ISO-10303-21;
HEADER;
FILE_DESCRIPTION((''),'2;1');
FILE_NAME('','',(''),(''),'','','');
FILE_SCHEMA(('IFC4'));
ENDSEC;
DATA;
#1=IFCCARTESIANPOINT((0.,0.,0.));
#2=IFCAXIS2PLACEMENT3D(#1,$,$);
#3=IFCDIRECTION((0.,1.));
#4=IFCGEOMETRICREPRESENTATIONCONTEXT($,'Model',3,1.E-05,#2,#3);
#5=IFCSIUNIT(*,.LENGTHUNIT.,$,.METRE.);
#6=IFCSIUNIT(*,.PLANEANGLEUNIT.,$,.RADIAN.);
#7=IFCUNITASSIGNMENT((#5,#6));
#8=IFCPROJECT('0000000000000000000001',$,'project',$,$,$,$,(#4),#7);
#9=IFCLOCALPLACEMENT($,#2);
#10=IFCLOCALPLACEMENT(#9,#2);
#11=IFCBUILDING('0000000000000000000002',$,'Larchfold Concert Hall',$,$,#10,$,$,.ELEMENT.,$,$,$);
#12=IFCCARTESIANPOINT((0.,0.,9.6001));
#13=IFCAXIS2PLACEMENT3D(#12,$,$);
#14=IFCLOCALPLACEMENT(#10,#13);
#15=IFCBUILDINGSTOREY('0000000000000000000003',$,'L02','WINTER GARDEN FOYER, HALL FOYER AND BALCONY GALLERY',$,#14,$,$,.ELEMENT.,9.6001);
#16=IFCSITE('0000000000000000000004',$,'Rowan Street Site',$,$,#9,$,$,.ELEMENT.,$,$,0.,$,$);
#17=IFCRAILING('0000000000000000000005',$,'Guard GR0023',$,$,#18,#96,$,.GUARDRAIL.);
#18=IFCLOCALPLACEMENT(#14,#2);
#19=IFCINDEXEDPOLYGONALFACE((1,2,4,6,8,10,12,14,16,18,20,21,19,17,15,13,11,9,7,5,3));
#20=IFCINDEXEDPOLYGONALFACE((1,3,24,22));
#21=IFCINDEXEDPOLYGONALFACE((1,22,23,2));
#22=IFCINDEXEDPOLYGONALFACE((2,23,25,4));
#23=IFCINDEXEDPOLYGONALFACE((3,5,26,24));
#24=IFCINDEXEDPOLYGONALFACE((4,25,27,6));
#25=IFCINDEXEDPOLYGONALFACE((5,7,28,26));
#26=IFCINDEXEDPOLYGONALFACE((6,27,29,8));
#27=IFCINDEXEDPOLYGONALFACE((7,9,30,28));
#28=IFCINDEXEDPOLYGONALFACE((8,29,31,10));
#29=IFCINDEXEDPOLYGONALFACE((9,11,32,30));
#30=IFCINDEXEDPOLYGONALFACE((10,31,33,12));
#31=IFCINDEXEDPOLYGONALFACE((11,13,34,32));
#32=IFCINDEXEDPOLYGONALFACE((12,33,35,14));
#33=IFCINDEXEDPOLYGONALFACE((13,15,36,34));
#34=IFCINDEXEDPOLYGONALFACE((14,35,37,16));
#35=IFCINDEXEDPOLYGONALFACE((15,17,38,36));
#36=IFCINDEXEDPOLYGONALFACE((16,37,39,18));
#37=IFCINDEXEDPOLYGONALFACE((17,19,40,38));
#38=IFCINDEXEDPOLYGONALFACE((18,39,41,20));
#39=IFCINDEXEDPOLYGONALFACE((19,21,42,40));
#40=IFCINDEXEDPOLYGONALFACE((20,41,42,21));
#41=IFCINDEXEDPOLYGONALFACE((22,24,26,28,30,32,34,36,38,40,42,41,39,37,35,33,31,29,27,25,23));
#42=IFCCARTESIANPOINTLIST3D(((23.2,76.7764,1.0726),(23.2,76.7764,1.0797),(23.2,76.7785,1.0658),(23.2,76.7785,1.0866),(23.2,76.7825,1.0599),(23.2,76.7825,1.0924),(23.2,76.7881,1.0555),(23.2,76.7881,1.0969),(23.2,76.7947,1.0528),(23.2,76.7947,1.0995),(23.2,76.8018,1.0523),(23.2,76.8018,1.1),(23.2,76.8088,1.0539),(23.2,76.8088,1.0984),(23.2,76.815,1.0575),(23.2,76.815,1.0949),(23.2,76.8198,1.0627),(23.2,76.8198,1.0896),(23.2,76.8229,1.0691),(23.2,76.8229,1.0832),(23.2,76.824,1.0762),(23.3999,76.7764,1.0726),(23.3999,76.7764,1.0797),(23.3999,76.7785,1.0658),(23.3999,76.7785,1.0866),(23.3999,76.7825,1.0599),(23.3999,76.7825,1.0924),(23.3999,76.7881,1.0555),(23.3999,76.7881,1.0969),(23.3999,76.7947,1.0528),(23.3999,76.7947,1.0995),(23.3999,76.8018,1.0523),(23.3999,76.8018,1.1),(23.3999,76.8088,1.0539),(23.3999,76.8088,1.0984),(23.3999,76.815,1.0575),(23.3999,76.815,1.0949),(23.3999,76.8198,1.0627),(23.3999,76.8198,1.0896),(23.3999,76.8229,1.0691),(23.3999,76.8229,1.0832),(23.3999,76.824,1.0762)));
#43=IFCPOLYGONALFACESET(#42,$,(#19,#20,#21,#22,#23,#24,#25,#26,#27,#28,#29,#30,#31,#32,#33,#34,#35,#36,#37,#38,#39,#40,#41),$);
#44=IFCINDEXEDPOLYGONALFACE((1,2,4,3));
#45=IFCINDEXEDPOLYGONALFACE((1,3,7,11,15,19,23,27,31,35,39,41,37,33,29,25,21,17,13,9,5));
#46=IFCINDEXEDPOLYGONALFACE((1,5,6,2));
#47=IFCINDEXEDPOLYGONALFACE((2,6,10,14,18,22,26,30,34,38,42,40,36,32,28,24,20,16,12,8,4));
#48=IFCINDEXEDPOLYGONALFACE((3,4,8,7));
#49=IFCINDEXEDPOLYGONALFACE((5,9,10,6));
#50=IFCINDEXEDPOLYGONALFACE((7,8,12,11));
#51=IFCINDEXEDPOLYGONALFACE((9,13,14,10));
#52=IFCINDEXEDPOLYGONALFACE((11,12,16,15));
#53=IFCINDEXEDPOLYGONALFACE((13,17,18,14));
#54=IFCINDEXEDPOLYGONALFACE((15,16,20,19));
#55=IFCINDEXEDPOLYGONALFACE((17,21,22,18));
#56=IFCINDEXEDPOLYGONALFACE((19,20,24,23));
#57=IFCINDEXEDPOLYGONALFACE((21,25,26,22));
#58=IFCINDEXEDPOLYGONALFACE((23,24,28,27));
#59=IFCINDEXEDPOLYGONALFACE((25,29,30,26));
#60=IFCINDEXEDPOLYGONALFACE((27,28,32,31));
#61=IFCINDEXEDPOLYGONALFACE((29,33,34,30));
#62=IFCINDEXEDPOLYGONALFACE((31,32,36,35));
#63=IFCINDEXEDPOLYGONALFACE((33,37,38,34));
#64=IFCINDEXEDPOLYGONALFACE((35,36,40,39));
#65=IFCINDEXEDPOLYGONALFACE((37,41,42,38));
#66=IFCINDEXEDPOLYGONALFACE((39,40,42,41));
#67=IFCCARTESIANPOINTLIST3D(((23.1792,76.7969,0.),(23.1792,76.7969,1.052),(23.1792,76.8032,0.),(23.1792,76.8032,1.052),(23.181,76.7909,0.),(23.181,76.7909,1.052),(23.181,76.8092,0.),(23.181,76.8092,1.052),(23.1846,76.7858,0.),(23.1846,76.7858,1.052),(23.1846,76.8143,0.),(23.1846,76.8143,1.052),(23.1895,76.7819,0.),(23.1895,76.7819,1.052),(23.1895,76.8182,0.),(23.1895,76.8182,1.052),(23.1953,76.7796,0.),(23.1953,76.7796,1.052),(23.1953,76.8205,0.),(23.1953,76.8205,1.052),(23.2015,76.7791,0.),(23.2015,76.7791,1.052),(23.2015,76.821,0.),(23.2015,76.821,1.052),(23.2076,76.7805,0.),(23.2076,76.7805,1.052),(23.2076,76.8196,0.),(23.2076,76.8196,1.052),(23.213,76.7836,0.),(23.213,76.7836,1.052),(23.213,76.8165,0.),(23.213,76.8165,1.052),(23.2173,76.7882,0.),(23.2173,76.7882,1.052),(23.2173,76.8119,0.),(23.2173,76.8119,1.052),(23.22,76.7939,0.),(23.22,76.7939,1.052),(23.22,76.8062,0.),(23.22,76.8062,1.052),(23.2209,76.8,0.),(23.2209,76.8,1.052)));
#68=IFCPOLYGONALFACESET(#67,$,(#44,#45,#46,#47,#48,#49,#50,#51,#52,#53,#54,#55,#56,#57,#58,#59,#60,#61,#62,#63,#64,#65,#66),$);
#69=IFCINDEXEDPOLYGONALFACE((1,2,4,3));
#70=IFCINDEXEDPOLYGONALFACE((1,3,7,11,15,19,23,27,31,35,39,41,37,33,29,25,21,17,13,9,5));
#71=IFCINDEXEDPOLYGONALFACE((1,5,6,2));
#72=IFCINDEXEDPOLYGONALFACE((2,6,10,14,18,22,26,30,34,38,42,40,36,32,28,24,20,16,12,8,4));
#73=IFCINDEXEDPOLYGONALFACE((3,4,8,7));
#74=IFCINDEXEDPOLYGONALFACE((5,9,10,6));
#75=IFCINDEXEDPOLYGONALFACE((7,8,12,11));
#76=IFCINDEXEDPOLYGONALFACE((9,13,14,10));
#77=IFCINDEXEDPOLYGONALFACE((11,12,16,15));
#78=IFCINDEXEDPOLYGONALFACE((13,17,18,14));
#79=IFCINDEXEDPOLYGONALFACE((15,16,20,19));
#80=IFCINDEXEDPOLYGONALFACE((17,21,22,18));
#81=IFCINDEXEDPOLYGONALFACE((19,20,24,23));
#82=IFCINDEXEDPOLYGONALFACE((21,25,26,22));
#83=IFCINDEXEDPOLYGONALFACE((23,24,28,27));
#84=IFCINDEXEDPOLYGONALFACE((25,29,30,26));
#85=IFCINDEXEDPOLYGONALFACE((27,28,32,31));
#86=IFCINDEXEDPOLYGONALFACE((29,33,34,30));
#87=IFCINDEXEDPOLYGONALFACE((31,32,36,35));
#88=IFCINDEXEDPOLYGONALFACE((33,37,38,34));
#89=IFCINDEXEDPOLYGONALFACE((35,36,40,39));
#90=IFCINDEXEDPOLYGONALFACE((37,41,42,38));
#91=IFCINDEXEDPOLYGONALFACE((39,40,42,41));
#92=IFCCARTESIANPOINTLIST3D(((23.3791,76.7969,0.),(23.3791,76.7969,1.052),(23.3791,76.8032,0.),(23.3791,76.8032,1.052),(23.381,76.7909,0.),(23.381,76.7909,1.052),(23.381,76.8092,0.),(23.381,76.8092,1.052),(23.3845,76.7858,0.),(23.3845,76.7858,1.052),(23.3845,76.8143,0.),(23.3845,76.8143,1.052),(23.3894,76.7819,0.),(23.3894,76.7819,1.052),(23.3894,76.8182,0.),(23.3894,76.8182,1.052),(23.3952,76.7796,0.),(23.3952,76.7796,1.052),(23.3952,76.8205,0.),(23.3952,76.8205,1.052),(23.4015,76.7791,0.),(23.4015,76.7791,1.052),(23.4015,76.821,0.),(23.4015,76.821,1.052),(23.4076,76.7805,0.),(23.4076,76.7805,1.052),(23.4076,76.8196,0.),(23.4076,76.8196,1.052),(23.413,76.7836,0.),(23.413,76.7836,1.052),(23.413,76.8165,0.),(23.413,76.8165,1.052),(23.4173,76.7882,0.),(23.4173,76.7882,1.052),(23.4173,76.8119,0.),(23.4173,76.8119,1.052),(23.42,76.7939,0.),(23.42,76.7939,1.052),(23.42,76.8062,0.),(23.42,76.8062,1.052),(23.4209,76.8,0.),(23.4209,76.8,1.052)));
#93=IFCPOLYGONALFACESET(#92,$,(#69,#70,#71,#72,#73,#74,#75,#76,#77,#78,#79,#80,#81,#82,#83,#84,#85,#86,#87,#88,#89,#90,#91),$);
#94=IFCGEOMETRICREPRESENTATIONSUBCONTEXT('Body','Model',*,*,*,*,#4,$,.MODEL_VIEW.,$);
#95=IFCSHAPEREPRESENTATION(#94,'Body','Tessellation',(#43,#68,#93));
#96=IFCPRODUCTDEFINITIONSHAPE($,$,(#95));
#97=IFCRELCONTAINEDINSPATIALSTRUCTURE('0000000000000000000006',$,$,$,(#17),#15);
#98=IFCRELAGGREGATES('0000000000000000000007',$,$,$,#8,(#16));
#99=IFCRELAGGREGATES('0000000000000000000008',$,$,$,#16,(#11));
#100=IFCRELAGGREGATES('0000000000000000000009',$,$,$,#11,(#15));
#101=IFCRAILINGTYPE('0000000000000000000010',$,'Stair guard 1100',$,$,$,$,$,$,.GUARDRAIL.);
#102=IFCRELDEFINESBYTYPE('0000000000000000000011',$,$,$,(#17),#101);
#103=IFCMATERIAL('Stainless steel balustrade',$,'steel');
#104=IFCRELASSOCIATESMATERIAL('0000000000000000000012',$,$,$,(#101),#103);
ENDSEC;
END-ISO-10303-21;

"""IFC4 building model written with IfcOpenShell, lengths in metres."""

from ifc_helpers import new_model, si_unit, direction, frame, origin, origin_2d, place, context, subcontext, project, spatial, circle, extrude, material, type_object, element, save


model = new_model("IFC4")

# Units and contexts
model_context = context("Model", 3, precision=1e-05, world=origin(), true_north=direction((0.0, 1.0)))
body_context = subcontext(model_context, "Body", "Model", "MODEL_VIEW")
ifc_project = project(units=[si_unit("LENGTHUNIT", "METRE"), si_unit("PLANEANGLEUNIT", "RADIAN")], contexts=[model_context])

# Site, building, storey
site_placement = place(None, origin())
site = spatial("IfcSite", under=ifc_project, at=site_placement, Name="Rowan Street Site", CompositionType="ELEMENT", RefElevation=0.0)
building_placement = place(site_placement, origin())
building = spatial("IfcBuilding", under=site, at=building_placement, Name="Larchfold Concert Hall", CompositionType="ELEMENT")
storey_placement = place(building_placement, frame((0.0, 0.0, 9.6001)))
storey = spatial("IfcBuildingStorey", under=building, at=storey_placement, Name="L02", Description="WINTER GARDEN FOYER, HALL FOYER AND BALCONY GALLERY", CompositionType="ELEMENT", Elevation=9.6001)

# Railing
ifc_material_1 = material(Name="Stainless steel balustrade", Category="steel")
railing_type_1 = type_object("IfcRailingType", Name="Stair guard 1100", PredefinedType="GUARDRAIL", material=ifc_material_1)
railing_1_placement = place(storey_placement, frame((23.2, 76.8, 0.0)))
element("IfcRailing", 1, at=railing_1_placement, inside=storey, type_object=railing_type_1, Name="Guard GR0023", PredefinedType="GUARDRAIL", context=body_context, shape_type="SweptSolid", body=[
    extrude(circle(Radius=0.0239, at=origin_2d()), frame((0.0, 0.0, 1.0762), z_axis=(1.0, 0.0, 0.0), x_axis=(0.0, 1.0, 0.0)), (0.0, 0.0, 1.0), 0.2),
    extrude(circle(Radius=0.021, at=origin_2d()), origin(), (0.0, 0.0, 1.0), 1.052),
    extrude(circle(Radius=0.021, at=origin_2d()), frame((0.2, 0.0, 0.0)), (0.0, 0.0, 1.0), 1.052),
])

save(model, "model.ifc")
